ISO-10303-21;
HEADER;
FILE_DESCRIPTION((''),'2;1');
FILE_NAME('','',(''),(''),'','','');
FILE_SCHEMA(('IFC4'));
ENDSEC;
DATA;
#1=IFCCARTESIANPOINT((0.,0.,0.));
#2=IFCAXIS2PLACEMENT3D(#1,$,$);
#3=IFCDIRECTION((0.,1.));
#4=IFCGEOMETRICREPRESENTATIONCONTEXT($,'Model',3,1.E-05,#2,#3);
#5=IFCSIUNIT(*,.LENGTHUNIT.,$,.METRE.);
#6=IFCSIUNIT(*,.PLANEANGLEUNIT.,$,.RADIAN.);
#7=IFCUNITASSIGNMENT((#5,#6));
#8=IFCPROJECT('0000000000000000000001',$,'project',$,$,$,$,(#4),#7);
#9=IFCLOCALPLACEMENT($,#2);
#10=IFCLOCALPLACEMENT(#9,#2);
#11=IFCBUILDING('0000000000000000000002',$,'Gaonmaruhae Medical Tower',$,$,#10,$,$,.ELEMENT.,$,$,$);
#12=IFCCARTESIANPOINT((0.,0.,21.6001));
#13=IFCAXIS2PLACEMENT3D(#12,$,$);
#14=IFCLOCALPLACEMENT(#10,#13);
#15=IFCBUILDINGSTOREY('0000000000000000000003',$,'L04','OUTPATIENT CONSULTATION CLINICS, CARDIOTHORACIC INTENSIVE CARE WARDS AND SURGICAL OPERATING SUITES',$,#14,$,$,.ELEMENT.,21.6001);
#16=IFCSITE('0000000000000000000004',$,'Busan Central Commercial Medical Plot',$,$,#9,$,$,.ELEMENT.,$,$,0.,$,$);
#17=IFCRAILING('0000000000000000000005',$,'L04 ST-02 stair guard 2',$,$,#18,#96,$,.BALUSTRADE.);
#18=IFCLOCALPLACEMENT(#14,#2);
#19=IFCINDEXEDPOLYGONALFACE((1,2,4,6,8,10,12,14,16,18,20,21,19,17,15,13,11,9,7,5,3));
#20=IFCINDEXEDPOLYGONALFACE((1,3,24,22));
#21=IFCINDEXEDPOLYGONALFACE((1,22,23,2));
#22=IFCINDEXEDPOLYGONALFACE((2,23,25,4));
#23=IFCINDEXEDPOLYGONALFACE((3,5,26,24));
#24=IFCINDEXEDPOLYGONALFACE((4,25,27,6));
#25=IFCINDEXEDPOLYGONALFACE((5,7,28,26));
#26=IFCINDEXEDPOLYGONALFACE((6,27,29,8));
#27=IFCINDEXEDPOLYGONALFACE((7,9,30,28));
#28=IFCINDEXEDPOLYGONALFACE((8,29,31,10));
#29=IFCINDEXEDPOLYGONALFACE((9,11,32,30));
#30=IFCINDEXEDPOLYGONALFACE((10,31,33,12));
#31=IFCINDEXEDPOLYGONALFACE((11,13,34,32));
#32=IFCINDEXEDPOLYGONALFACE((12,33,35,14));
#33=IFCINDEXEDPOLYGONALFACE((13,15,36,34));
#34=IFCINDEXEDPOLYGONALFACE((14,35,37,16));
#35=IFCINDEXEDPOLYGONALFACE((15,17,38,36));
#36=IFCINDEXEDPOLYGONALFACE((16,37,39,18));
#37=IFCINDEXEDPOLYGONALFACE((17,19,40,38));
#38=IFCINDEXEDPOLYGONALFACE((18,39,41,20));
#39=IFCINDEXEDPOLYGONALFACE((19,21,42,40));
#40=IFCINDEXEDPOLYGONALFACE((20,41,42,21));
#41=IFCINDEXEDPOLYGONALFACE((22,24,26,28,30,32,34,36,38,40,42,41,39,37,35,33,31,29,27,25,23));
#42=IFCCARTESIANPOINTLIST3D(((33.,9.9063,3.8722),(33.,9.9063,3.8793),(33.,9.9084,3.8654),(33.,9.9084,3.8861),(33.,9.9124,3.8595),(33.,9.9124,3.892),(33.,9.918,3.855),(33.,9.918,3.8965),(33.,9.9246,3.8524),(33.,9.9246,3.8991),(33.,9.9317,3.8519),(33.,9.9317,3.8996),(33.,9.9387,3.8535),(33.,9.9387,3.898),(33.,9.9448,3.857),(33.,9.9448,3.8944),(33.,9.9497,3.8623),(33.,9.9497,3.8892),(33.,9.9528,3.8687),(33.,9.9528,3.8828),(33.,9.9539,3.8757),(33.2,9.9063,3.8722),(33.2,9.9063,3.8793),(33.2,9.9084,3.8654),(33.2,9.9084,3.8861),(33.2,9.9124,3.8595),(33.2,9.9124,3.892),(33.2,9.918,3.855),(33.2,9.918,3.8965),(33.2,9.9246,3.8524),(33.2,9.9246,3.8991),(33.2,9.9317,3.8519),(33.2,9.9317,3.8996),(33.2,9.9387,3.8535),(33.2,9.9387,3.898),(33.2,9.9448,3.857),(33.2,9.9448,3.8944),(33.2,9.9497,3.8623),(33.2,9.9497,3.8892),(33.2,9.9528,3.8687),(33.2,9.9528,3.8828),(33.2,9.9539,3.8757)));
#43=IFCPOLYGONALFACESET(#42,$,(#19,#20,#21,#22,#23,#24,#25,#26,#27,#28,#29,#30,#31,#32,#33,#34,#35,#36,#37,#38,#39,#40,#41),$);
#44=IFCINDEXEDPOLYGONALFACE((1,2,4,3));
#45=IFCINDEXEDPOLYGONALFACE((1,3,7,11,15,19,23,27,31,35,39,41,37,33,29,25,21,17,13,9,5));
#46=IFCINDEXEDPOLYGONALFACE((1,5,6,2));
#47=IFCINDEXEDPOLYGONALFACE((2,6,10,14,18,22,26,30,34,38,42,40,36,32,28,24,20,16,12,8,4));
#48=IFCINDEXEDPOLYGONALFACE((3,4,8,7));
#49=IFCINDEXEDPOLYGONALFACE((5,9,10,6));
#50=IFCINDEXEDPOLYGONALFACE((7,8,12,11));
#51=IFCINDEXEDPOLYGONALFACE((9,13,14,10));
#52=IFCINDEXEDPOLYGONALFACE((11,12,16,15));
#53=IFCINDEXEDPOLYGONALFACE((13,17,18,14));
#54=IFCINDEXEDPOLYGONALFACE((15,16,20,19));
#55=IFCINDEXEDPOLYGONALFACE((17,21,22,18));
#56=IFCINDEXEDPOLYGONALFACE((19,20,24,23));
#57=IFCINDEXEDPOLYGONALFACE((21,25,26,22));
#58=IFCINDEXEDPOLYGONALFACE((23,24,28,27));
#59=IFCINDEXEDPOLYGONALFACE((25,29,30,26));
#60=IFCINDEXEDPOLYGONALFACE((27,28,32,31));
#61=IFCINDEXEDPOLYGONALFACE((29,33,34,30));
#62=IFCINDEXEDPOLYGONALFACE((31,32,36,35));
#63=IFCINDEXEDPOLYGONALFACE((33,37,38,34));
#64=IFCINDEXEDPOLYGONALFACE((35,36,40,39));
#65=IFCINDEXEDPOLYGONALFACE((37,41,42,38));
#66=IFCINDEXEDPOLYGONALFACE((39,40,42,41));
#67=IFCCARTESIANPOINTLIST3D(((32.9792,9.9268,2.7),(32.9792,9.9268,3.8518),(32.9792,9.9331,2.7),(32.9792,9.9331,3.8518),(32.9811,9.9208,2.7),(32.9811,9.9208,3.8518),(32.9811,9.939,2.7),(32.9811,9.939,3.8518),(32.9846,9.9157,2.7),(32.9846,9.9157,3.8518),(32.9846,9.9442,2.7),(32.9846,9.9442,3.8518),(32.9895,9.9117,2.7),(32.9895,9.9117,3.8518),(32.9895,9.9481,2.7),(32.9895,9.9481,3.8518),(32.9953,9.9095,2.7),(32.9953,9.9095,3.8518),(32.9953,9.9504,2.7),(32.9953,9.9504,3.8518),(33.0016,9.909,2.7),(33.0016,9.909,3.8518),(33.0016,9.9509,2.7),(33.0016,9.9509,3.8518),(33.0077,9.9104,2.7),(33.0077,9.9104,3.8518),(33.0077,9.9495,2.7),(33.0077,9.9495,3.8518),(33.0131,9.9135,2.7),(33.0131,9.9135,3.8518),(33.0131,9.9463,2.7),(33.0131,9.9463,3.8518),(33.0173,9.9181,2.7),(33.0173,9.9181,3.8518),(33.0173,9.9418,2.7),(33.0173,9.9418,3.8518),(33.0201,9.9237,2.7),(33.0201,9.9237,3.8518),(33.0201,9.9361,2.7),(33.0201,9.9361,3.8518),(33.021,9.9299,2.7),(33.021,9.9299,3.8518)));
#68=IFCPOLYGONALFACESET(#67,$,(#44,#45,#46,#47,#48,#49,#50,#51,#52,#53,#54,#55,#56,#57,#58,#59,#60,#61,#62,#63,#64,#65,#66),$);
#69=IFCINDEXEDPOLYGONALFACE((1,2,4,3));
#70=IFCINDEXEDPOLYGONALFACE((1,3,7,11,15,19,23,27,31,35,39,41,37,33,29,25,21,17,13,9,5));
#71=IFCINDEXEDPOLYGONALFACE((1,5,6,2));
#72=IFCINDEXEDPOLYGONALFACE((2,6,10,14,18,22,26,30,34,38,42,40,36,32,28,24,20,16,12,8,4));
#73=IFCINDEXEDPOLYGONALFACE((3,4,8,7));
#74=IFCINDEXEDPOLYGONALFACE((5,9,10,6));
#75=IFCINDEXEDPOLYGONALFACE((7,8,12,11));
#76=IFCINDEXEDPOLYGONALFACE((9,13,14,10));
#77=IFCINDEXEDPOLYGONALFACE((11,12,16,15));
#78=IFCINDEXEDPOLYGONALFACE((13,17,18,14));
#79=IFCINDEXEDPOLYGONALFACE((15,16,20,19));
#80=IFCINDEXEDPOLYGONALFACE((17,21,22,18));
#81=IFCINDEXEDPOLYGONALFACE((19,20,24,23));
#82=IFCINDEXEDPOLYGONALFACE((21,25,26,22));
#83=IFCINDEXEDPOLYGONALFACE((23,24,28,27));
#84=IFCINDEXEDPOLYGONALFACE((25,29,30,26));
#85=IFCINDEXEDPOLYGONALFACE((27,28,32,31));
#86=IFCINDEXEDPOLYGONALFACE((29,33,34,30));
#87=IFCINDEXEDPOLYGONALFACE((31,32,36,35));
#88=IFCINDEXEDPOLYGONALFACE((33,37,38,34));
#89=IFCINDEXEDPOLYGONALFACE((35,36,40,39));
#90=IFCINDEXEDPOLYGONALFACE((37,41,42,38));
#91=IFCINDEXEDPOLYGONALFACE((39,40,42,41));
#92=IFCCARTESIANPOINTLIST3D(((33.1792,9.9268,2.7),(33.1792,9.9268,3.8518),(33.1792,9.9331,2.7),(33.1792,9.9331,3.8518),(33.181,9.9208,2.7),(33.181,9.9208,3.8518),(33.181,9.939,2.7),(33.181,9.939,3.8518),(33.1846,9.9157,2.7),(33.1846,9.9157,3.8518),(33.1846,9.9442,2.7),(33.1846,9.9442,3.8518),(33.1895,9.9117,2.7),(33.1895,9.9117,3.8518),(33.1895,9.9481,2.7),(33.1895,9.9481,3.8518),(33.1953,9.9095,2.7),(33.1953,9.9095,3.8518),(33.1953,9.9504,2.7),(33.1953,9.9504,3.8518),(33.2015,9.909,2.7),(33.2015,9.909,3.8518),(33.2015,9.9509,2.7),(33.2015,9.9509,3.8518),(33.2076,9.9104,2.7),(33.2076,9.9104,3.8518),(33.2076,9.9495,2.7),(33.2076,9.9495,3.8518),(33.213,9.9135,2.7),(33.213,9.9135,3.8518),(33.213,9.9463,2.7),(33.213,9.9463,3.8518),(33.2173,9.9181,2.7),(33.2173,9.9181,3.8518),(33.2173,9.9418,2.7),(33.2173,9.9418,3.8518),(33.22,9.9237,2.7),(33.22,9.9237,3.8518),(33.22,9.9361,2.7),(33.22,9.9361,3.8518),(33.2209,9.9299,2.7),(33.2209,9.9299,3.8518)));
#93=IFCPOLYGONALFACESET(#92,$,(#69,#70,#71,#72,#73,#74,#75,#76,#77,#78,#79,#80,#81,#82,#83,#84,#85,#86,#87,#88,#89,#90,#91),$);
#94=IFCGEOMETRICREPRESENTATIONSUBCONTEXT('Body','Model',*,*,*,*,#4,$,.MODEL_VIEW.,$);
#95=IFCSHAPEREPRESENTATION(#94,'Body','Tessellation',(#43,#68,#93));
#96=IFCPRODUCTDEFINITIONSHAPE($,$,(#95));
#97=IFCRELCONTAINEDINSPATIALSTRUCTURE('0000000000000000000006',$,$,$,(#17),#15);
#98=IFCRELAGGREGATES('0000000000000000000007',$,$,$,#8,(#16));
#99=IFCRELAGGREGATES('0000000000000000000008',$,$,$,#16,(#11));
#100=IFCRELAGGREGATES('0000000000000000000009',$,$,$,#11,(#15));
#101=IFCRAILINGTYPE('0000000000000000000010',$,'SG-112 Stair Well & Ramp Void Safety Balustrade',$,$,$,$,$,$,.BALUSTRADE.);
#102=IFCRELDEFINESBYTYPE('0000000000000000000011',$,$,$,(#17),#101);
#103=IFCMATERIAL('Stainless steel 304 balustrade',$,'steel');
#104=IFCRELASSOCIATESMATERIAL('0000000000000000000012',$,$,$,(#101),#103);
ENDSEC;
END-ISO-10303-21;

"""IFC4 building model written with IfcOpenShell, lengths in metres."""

from ifc_helpers import new_model, si_unit, direction, frame, origin, origin_2d, place, context, subcontext, project, spatial, circle, extrude, material, type_object, element, save


model = new_model("IFC4")

# Units and contexts
model_context = context("Model", 3, precision=1e-05, world=origin(), true_north=direction((0.0, 1.0)))
body_context = subcontext(model_context, "Body", "Model", "MODEL_VIEW")
ifc_project = project(units=[si_unit("LENGTHUNIT", "METRE"), si_unit("PLANEANGLEUNIT", "RADIAN")], contexts=[model_context])

# Site, building, storey
site_placement = place(None, origin())
site = spatial("IfcSite", under=ifc_project, at=site_placement, Name="Busan Central Commercial Medical Plot", CompositionType="ELEMENT", RefElevation=0.0)
building_placement = place(site_placement, origin())
building = spatial("IfcBuilding", under=site, at=building_placement, Name="Gaonmaruhae Medical Tower", CompositionType="ELEMENT")
storey_placement = place(building_placement, frame((0.0, 0.0, 21.6001)))
storey = spatial("IfcBuildingStorey", under=building, at=storey_placement, Name="L04", Description="OUTPATIENT CONSULTATION CLINICS, CARDIOTHORACIC INTENSIVE CARE WARDS AND SURGICAL OPERATING SUITES", CompositionType="ELEMENT", Elevation=21.6001)

# Railing
ifc_material_1 = material(Name="Stainless steel 304 balustrade", Category="steel")
railing_type_1 = type_object("IfcRailingType", Name="SG-112 Stair Well & Ramp Void Safety Balustrade", PredefinedType="BALUSTRADE", material=ifc_material_1)
railing_1_placement = place(storey_placement, frame((33.0, 9.9299, 2.7)))
element("IfcRailing", 1, at=railing_1_placement, inside=storey, type_object=railing_type_1, Name="L04 ST-02 stair guard 2", PredefinedType="BALUSTRADE", context=body_context, shape_type="SweptSolid", body=[
    extrude(circle(Radius=0.0239, at=origin_2d()), frame((0.0, 0.0, 1.1758), z_axis=(1.0, 0.0, 0.0), x_axis=(0.0, 1.0, 0.0)), (0.0, 0.0, 1.0), 0.2),
    extrude(circle(Radius=0.021, at=origin_2d()), origin(), (0.0, 0.0, 1.0), 1.1519),
    extrude(circle(Radius=0.021, at=origin_2d()), frame((0.2, 0.0, 0.0)), (0.0, 0.0, 1.0), 1.1519),
])

save(model, "model.ifc")
